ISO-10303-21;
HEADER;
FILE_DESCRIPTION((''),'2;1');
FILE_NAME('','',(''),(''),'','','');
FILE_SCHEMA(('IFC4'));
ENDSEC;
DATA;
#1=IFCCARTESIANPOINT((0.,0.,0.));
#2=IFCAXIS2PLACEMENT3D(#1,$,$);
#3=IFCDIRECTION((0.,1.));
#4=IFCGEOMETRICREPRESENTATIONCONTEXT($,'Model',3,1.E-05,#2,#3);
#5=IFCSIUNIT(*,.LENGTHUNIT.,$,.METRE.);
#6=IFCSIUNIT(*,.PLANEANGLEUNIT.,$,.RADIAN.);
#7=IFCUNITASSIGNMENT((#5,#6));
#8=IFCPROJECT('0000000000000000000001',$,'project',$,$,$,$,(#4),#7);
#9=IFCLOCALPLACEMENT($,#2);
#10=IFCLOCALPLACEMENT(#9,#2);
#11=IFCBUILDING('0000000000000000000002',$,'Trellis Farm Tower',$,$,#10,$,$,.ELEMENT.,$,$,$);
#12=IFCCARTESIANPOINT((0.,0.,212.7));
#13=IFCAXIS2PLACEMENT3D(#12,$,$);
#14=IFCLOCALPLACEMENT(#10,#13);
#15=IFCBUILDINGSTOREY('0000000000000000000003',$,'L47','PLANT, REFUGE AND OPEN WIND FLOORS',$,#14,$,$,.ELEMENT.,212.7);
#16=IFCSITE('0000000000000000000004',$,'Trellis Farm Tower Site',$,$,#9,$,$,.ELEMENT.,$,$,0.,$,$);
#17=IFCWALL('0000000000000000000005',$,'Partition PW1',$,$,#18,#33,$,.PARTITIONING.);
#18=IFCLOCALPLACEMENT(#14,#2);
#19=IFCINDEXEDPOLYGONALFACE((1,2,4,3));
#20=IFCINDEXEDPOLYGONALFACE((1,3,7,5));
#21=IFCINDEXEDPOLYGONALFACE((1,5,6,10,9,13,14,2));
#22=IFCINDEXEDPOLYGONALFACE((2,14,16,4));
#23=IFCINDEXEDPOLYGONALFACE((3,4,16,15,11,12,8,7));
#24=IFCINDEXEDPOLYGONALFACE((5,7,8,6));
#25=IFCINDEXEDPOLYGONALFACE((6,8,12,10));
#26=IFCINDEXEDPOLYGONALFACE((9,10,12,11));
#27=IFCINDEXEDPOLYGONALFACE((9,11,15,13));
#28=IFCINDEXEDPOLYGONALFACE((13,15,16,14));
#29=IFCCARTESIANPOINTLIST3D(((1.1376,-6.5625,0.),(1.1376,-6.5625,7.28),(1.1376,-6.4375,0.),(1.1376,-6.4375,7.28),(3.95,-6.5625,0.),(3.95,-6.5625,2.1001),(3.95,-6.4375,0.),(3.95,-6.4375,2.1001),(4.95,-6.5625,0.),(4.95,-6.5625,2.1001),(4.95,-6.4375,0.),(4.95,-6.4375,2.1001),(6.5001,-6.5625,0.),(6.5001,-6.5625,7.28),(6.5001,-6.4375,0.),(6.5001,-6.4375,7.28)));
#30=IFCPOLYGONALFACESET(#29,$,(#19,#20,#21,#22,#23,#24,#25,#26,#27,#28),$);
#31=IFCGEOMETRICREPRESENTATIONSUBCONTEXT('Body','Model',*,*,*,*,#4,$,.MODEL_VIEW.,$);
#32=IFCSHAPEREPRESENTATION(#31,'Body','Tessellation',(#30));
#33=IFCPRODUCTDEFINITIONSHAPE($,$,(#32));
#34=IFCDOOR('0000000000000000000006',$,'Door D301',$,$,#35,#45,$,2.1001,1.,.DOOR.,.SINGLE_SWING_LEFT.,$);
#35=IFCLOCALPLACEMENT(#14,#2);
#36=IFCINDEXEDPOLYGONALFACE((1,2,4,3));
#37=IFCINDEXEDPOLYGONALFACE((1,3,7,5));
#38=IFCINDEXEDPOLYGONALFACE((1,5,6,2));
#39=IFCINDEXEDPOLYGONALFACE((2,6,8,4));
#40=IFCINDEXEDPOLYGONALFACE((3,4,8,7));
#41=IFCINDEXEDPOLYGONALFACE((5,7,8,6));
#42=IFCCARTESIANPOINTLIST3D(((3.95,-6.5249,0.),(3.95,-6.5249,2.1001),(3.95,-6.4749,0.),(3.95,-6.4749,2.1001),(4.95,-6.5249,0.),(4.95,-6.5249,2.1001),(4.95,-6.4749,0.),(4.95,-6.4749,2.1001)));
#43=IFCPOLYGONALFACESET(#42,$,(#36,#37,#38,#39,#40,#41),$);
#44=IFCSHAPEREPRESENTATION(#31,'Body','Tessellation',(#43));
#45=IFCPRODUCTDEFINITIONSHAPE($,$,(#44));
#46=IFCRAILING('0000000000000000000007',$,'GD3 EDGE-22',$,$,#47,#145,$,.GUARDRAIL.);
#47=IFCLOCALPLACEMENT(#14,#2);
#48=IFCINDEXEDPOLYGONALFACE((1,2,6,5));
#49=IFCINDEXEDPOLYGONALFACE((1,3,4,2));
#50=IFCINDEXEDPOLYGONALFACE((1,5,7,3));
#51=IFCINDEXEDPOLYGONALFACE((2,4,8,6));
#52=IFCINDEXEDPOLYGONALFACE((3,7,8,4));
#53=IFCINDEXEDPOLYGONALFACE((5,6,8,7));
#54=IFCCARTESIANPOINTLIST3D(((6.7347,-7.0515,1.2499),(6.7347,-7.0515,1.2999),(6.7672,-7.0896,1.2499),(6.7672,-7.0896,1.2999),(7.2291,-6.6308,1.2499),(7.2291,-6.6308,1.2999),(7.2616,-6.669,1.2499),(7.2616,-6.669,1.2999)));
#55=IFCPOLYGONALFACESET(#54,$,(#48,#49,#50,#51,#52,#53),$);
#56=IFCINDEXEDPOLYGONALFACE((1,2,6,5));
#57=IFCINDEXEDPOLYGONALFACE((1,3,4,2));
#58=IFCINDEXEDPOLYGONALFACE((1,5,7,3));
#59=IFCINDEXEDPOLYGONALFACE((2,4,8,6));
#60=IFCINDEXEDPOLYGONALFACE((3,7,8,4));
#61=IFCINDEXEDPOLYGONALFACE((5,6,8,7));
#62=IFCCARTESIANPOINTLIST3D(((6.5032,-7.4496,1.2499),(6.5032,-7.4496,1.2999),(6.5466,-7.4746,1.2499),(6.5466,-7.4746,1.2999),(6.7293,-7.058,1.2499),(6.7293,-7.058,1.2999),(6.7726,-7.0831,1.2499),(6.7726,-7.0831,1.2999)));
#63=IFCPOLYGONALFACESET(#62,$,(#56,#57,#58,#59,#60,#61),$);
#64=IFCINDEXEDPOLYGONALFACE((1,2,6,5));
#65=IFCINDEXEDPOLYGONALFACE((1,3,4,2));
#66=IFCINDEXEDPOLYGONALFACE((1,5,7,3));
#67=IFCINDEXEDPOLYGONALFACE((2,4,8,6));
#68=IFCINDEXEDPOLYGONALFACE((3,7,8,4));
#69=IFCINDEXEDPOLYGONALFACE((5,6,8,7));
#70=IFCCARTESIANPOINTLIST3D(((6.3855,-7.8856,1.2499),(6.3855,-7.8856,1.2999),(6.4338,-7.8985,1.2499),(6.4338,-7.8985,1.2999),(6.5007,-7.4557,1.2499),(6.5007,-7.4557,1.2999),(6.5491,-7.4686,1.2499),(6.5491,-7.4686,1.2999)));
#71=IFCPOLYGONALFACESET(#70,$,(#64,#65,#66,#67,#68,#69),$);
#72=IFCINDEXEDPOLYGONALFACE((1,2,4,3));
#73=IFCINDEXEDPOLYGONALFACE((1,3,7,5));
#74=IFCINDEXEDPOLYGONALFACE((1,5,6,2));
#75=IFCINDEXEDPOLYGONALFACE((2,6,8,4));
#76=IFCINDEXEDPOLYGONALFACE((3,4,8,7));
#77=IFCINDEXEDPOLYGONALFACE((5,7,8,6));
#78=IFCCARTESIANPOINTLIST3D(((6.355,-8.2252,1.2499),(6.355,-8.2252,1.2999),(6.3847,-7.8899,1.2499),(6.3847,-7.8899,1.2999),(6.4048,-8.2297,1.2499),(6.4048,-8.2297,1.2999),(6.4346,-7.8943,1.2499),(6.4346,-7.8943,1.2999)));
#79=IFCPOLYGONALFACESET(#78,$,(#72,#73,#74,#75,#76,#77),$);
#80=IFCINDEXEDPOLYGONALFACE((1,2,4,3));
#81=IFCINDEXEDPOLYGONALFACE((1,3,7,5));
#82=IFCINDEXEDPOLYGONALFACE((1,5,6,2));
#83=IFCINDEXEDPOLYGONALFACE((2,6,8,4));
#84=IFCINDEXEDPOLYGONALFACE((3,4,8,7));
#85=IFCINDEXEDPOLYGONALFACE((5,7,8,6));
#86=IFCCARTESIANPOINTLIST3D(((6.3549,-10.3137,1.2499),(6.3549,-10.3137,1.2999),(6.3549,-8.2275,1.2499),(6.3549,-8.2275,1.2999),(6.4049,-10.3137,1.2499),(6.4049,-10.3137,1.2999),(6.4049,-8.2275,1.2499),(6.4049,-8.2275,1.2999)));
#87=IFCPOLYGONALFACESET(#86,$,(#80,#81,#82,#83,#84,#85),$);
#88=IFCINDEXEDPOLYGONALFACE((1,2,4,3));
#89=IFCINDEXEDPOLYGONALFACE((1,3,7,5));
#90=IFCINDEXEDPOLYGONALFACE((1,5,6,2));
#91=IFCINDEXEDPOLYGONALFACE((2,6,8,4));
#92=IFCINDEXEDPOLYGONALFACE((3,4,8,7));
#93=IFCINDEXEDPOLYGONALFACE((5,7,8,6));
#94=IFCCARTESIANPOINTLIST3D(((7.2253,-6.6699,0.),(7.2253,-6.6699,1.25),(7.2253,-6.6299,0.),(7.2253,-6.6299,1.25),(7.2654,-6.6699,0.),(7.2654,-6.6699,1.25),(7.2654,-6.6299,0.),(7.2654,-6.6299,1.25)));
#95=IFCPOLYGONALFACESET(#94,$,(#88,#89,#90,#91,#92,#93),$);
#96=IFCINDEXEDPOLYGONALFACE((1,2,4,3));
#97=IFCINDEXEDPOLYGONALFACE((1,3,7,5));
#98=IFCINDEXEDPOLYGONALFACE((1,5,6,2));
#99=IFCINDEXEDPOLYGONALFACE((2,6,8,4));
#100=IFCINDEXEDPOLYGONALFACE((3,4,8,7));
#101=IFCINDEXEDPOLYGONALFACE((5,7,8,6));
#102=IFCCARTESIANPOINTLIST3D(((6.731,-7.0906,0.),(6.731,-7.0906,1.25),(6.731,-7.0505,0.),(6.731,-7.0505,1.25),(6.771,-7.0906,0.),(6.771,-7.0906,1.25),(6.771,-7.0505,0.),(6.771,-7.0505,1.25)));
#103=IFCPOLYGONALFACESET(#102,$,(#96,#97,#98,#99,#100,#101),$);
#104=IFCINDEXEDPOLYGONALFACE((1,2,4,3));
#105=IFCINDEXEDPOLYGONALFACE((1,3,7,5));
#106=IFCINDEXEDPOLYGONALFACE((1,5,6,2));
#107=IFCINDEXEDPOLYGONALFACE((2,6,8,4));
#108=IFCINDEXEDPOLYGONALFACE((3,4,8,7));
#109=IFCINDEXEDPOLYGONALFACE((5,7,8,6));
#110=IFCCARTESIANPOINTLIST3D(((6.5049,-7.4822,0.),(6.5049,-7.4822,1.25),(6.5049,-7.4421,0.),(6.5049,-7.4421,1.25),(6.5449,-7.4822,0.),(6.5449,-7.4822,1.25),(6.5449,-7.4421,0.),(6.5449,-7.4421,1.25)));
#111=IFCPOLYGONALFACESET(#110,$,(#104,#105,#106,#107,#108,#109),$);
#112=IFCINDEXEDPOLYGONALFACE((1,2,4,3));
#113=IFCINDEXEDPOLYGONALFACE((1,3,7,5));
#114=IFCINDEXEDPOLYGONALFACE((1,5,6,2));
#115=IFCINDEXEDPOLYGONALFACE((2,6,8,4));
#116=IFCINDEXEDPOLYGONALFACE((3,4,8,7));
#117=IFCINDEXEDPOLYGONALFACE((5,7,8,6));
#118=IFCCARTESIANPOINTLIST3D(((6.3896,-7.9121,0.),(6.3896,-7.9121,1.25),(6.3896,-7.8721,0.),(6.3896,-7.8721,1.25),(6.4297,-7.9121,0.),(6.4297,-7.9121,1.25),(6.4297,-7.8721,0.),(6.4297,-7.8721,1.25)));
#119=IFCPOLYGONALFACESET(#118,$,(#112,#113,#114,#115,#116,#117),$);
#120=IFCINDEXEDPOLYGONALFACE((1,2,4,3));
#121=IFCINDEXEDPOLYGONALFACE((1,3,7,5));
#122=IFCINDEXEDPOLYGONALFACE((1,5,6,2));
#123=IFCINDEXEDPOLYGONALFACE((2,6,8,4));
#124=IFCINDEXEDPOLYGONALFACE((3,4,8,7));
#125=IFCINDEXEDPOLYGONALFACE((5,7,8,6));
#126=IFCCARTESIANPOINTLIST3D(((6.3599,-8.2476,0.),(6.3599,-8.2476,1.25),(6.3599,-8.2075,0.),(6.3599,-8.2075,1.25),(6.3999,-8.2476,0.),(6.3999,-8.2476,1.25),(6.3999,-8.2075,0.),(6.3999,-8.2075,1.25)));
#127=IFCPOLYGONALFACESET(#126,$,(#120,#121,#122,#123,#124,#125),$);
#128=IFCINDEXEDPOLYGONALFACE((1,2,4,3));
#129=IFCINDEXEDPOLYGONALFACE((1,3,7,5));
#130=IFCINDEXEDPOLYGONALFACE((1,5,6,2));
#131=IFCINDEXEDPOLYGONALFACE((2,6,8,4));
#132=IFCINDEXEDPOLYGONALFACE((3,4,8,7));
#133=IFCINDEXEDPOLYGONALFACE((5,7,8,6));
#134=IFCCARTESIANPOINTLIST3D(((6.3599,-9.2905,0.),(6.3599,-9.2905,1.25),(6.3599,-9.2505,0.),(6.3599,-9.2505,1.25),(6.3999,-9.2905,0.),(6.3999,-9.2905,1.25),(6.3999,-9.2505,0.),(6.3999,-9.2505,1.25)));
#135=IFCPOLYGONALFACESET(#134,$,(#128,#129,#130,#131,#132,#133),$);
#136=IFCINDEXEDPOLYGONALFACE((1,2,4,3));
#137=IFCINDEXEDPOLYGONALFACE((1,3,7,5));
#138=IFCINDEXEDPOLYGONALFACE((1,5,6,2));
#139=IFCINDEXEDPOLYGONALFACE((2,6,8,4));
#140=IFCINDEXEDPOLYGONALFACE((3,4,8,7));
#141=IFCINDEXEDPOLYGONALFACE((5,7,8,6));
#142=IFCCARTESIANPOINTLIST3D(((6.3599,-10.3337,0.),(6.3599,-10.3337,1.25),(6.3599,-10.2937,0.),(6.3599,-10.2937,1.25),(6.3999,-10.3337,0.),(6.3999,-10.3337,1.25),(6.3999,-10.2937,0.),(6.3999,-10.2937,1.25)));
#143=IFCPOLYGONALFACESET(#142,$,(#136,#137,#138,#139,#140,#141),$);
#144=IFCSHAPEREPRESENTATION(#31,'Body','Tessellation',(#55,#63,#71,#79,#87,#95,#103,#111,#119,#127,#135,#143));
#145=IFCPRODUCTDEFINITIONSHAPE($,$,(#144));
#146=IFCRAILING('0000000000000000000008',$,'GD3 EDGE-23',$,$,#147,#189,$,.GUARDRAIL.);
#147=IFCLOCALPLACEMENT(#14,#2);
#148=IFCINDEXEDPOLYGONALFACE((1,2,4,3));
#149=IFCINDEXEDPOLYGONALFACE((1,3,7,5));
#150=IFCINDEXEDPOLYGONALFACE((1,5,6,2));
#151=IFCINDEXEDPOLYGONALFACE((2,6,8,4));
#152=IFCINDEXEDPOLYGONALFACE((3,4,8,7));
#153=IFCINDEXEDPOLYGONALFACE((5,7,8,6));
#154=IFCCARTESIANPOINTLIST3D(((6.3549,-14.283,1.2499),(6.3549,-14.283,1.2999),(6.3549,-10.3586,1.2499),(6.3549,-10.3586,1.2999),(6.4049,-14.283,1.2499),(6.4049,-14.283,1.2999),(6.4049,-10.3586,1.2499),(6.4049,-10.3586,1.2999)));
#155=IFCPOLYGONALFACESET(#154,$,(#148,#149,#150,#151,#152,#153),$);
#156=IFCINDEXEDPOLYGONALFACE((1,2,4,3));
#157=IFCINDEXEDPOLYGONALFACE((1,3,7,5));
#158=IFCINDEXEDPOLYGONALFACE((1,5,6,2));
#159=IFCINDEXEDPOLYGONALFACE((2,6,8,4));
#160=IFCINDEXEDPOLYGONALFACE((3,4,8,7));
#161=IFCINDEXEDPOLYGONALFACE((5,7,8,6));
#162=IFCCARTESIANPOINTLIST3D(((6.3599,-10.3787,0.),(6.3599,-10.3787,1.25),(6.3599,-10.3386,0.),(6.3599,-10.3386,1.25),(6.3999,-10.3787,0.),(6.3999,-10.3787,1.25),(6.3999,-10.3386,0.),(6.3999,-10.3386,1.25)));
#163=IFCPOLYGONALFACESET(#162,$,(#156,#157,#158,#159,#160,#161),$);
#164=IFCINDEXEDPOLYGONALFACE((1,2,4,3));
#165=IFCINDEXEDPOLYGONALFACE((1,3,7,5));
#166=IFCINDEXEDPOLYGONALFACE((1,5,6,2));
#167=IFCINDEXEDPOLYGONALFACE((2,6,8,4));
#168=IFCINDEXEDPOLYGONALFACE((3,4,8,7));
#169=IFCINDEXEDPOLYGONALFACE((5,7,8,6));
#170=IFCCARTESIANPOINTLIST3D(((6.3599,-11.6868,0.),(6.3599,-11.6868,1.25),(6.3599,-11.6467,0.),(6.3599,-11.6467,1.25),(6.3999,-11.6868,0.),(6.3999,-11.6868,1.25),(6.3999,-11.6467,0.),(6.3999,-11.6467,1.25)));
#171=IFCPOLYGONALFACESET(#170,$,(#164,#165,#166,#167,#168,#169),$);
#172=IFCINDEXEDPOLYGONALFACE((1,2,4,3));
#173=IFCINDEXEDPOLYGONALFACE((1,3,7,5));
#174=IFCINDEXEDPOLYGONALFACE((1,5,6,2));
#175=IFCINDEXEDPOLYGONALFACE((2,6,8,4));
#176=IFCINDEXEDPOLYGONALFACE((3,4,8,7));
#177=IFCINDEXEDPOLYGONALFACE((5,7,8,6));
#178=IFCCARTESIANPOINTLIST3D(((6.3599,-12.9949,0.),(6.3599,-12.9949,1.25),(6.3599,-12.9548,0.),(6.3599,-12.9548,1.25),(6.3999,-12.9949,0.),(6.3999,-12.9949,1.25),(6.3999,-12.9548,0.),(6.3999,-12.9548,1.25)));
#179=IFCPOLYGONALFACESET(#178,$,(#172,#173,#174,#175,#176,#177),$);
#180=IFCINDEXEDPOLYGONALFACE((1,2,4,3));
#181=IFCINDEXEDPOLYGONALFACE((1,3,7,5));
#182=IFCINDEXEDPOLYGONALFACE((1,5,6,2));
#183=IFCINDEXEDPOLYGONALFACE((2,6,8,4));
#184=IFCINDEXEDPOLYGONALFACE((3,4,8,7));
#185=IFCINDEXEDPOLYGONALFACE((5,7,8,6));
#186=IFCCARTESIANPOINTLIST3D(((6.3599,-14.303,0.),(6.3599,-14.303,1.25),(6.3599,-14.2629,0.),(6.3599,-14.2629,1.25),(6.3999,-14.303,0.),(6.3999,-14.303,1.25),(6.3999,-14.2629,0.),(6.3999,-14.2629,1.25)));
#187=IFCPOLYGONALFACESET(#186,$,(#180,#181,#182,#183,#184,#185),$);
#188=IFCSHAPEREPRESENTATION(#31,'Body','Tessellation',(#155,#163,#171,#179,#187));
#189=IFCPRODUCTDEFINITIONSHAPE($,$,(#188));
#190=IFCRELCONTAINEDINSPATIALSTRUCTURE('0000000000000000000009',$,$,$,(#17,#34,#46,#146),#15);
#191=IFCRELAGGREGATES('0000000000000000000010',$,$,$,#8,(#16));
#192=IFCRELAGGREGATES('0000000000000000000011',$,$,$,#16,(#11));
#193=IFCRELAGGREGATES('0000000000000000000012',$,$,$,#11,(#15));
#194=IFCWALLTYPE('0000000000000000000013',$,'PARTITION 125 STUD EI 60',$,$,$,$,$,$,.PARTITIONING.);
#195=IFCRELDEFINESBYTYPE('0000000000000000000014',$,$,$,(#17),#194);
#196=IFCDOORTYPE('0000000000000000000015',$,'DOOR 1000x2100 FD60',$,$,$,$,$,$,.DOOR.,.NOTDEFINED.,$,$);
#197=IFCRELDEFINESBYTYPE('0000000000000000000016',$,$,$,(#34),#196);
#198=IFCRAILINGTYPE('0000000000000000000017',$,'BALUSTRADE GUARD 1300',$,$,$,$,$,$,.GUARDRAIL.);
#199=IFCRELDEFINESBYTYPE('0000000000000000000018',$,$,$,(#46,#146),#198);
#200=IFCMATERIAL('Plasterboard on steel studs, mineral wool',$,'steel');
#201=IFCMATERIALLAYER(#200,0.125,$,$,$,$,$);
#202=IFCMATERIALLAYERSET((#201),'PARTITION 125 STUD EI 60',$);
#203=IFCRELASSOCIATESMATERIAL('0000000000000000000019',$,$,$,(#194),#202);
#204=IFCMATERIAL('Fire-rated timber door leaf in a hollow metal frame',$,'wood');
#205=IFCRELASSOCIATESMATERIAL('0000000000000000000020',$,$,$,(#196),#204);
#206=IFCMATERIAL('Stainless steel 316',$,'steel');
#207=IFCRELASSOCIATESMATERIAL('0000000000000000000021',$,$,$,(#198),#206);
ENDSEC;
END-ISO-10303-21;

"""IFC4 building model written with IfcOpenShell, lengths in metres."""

from ifc_helpers import new_model, si_unit, direction, frame, frame_2d, origin, origin_2d, place, context, subcontext, project, spatial, rectangle, extrude, source, transform, mapped, material, layer, layer_set, type_object, element, fill, save


model = new_model("IFC4")

# Units and contexts
model_context = context("Model", 3, precision=1e-05, world=origin(), true_north=direction((0.0, 1.0)))
body_context = subcontext(model_context, "Body", "Model", "MODEL_VIEW")
ifc_project = project(units=[si_unit("LENGTHUNIT", "METRE"), si_unit("PLANEANGLEUNIT", "RADIAN")], contexts=[model_context])

# Site, building, storey
site_placement = place(None, origin())
site = spatial("IfcSite", under=ifc_project, at=site_placement, Name="Trellis Farm Tower Site", CompositionType="ELEMENT", RefElevation=0.0)
building_placement = place(site_placement, origin())
building = spatial("IfcBuilding", under=site, at=building_placement, Name="Trellis Farm Tower", CompositionType="ELEMENT")
storey_placement = place(building_placement, frame((0.0, 0.0, 212.7)))
storey = spatial("IfcBuildingStorey", under=building, at=storey_placement, Name="L47", Description="PLANT, REFUGE AND OPEN WIND FLOORS", CompositionType="ELEMENT", Elevation=212.7)

# Shared definitions
ifc_material_1 = material(Name="Plasterboard on steel studs, mineral wool", Category="steel")
ifc_layer_1 = layer(ifc_material_1, 0.125)
ifc_layer_set_1 = layer_set([ifc_layer_1], Name="PARTITION 125 STUD EI 60")
wall_type_1 = type_object("IfcWallType", Name="PARTITION 125 STUD EI 60", PredefinedType="PARTITIONING", material=ifc_layer_set_1)

# Wall, opening, door
shared_shape_1 = source(origin(), body_context, "Body", "SweptSolid", [
    extrude(rectangle(XDim=5.3625, YDim=0.125, at=frame_2d((2.6812, 0.0))), origin(), (0.0, 0.0, 1.0), 7.28),
])
wall_1_placement = place(storey_placement, frame((6.5, -6.5, 0.0), z_axis=(0.0, 0.0, 1.0), x_axis=(-1.0, 0.0, 0.0)))
wall_1 = element("IfcWall", 1, at=wall_1_placement, inside=storey, type_object=wall_type_1, Name="Partition PW1", PredefinedType="PARTITIONING", context=body_context, shape_type="MappedRepresentation", body=[
    mapped(shared_shape_1, transform((0.0, 0.0, 0.0))),
])
shared_shape_2 = source(origin(), body_context, "Body", "SweptSolid", [
    extrude(rectangle(XDim=1.0, YDim=2.1001, at=frame_2d((0.5, 1.05))), frame((0.0, 0.0725, 0.0), z_axis=(0.0, -1.0, 0.0), x_axis=(1.0, 0.0, 0.0)), (0.0, 0.0, 1.0), 0.145),
])
opening_1_placement = place(wall_1_placement, frame((1.55, 0.0, 0.0)))
opening_1 = element("IfcOpeningElement", 2, at=opening_1_placement, cuts=wall_1, PredefinedType="OPENING", context=body_context, shape_type="MappedRepresentation", body=[
    mapped(shared_shape_2, transform((0.0, 0.0, 0.0))),
])
ifc_material_2 = material(Name="Fire-rated timber door leaf in a hollow metal frame", Category="wood")
door_type_1 = type_object("IfcDoorType", Name="DOOR 1000x2100 FD60", OperationType="NOTDEFINED", PredefinedType="DOOR", material=ifc_material_2)
shared_shape_3 = source(origin(), body_context, "Body", "SweptSolid", [
    extrude(rectangle(XDim=1.0, YDim=2.1001, at=frame_2d((0.5, 1.05))), frame((0.0, 0.0249, 0.0), z_axis=(0.0, -1.0, 0.0), x_axis=(1.0, 0.0, 0.0)), (0.0, 0.0, 1.0), 0.05),
])
door_1_placement = place(opening_1_placement, origin())
door_1 = element("IfcDoor", 3, at=door_1_placement, inside=storey, type_object=door_type_1, Name="Door D301", OperationType="SINGLE_SWING_LEFT", OverallHeight=2.1001, OverallWidth=1.0, PredefinedType="DOOR", context=body_context, shape_type="MappedRepresentation", body=[
    mapped(shared_shape_3, transform((0.0, 0.0, 0.0))),
])
fill(opening_1, door_1)

# Railings
ifc_material_3 = material(Name="Stainless steel 316", Category="steel")
railing_type = type_object("IfcRailingType", Name="BALUSTRADE GUARD 1300", PredefinedType="GUARDRAIL", material=ifc_material_3)
railing_placement = place(storey_placement, frame((7.2454, -6.6499, 0.0)))
element("IfcRailing", 4, at=railing_placement, inside=storey, type_object=railing_type, Name="GD3 EDGE-22", PredefinedType="GUARDRAIL", context=body_context, shape_type="SweptSolid", body=[
    extrude(rectangle(XDim=0.05, YDim=0.05, at=origin_2d()), frame((0.0, 0.0, 1.2749), z_axis=(-0.761614, -0.64803, 0.0), x_axis=(0.64803, -0.761614, 0.0)), (0.0, 0.0, 1.0), 0.6492),
    extrude(rectangle(XDim=0.05, YDim=0.05, at=origin_2d()), frame((-0.4944, -0.4207, 1.2749), z_axis=(-0.499972, -0.866042, 0.0), x_axis=(0.866042, -0.499972, 0.0)), (0.0, 0.0, 1.0), 0.4521),
    extrude(rectangle(XDim=0.05, YDim=0.05, at=origin_2d()), frame((-0.7205, -0.8123, 1.2749), z_axis=(-0.258891, -0.965906, 0.0), x_axis=(0.965906, -0.258891, 0.0)), (0.0, 0.0, 1.0), 0.4451),
    extrude(rectangle(XDim=0.05, YDim=0.05, at=origin_2d()), frame((-0.8357, -1.2422, 1.2749), z_axis=(-0.088444, -0.996081, 0.0), x_axis=(0.996081, -0.088444, 0.0)), (0.0, 0.0, 1.0), 0.3367),
    extrude(rectangle(XDim=0.05, YDim=0.05, at=origin_2d()), frame((-0.8655, -1.5776, 1.2749), z_axis=(0.0, -1.0, 0.0), x_axis=(1.0, 0.0, 0.0)), (0.0, 0.0, 1.0), 2.0862),
    extrude(rectangle(XDim=0.04, YDim=0.04, at=origin_2d()), origin(), (0.0, 0.0, 1.0), 1.25),
    extrude(rectangle(XDim=0.04, YDim=0.04, at=origin_2d()), frame((-0.4944, -0.4207, 0.0)), (0.0, 0.0, 1.0), 1.25),
    extrude(rectangle(XDim=0.04, YDim=0.04, at=origin_2d()), frame((-0.7205, -0.8123, 0.0)), (0.0, 0.0, 1.0), 1.25),
    extrude(rectangle(XDim=0.04, YDim=0.04, at=origin_2d()), frame((-0.8357, -1.2422, 0.0)), (0.0, 0.0, 1.0), 1.25),
    extrude(rectangle(XDim=0.04, YDim=0.04, at=origin_2d()), frame((-0.8655, -1.5776, 0.0)), (0.0, 0.0, 1.0), 1.25),
    extrude(rectangle(XDim=0.04, YDim=0.04, at=origin_2d()), frame((-0.8655, -2.6206, 0.0)), (0.0, 0.0, 1.0), 1.25),
    extrude(rectangle(XDim=0.04, YDim=0.04, at=origin_2d()), frame((-0.8655, -3.6638, 0.0)), (0.0, 0.0, 1.0), 1.25),
])
shared_shape_4 = source(origin(), body_context, "Body", "SweptSolid", [
    extrude(rectangle(XDim=0.05, YDim=0.05, at=origin_2d()), frame((0.0, 0.0, 1.2749), z_axis=(0.0, -1.0, 0.0), x_axis=(1.0, 0.0, 0.0)), (0.0, 0.0, 1.0), 3.9243),
    extrude(rectangle(XDim=0.04, YDim=0.04, at=origin_2d()), origin(), (0.0, 0.0, 1.0), 1.25),
    extrude(rectangle(XDim=0.04, YDim=0.04, at=origin_2d()), frame((0.0, -1.3081, 0.0)), (0.0, 0.0, 1.0), 1.25),
    extrude(rectangle(XDim=0.04, YDim=0.04, at=origin_2d()), frame((0.0, -2.6162, 0.0)), (0.0, 0.0, 1.0), 1.25),
    extrude(rectangle(XDim=0.04, YDim=0.04, at=origin_2d()), frame((0.0, -3.9243, 0.0)), (0.0, 0.0, 1.0), 1.25),
])
for number, where, name in (
    (5, (6.3799, -10.3586, 0.0), "GD3 EDGE-23"),
):
    element("IfcRailing", number, at=place(storey_placement, frame(where)), inside=storey, type_object=railing_type, Name=name, PredefinedType="GUARDRAIL", context=body_context, shape_type="MappedRepresentation", body=[
        mapped(shared_shape_4, transform((0.0, 0.0, 0.0))),
    ])

save(model, "model.ifc")
